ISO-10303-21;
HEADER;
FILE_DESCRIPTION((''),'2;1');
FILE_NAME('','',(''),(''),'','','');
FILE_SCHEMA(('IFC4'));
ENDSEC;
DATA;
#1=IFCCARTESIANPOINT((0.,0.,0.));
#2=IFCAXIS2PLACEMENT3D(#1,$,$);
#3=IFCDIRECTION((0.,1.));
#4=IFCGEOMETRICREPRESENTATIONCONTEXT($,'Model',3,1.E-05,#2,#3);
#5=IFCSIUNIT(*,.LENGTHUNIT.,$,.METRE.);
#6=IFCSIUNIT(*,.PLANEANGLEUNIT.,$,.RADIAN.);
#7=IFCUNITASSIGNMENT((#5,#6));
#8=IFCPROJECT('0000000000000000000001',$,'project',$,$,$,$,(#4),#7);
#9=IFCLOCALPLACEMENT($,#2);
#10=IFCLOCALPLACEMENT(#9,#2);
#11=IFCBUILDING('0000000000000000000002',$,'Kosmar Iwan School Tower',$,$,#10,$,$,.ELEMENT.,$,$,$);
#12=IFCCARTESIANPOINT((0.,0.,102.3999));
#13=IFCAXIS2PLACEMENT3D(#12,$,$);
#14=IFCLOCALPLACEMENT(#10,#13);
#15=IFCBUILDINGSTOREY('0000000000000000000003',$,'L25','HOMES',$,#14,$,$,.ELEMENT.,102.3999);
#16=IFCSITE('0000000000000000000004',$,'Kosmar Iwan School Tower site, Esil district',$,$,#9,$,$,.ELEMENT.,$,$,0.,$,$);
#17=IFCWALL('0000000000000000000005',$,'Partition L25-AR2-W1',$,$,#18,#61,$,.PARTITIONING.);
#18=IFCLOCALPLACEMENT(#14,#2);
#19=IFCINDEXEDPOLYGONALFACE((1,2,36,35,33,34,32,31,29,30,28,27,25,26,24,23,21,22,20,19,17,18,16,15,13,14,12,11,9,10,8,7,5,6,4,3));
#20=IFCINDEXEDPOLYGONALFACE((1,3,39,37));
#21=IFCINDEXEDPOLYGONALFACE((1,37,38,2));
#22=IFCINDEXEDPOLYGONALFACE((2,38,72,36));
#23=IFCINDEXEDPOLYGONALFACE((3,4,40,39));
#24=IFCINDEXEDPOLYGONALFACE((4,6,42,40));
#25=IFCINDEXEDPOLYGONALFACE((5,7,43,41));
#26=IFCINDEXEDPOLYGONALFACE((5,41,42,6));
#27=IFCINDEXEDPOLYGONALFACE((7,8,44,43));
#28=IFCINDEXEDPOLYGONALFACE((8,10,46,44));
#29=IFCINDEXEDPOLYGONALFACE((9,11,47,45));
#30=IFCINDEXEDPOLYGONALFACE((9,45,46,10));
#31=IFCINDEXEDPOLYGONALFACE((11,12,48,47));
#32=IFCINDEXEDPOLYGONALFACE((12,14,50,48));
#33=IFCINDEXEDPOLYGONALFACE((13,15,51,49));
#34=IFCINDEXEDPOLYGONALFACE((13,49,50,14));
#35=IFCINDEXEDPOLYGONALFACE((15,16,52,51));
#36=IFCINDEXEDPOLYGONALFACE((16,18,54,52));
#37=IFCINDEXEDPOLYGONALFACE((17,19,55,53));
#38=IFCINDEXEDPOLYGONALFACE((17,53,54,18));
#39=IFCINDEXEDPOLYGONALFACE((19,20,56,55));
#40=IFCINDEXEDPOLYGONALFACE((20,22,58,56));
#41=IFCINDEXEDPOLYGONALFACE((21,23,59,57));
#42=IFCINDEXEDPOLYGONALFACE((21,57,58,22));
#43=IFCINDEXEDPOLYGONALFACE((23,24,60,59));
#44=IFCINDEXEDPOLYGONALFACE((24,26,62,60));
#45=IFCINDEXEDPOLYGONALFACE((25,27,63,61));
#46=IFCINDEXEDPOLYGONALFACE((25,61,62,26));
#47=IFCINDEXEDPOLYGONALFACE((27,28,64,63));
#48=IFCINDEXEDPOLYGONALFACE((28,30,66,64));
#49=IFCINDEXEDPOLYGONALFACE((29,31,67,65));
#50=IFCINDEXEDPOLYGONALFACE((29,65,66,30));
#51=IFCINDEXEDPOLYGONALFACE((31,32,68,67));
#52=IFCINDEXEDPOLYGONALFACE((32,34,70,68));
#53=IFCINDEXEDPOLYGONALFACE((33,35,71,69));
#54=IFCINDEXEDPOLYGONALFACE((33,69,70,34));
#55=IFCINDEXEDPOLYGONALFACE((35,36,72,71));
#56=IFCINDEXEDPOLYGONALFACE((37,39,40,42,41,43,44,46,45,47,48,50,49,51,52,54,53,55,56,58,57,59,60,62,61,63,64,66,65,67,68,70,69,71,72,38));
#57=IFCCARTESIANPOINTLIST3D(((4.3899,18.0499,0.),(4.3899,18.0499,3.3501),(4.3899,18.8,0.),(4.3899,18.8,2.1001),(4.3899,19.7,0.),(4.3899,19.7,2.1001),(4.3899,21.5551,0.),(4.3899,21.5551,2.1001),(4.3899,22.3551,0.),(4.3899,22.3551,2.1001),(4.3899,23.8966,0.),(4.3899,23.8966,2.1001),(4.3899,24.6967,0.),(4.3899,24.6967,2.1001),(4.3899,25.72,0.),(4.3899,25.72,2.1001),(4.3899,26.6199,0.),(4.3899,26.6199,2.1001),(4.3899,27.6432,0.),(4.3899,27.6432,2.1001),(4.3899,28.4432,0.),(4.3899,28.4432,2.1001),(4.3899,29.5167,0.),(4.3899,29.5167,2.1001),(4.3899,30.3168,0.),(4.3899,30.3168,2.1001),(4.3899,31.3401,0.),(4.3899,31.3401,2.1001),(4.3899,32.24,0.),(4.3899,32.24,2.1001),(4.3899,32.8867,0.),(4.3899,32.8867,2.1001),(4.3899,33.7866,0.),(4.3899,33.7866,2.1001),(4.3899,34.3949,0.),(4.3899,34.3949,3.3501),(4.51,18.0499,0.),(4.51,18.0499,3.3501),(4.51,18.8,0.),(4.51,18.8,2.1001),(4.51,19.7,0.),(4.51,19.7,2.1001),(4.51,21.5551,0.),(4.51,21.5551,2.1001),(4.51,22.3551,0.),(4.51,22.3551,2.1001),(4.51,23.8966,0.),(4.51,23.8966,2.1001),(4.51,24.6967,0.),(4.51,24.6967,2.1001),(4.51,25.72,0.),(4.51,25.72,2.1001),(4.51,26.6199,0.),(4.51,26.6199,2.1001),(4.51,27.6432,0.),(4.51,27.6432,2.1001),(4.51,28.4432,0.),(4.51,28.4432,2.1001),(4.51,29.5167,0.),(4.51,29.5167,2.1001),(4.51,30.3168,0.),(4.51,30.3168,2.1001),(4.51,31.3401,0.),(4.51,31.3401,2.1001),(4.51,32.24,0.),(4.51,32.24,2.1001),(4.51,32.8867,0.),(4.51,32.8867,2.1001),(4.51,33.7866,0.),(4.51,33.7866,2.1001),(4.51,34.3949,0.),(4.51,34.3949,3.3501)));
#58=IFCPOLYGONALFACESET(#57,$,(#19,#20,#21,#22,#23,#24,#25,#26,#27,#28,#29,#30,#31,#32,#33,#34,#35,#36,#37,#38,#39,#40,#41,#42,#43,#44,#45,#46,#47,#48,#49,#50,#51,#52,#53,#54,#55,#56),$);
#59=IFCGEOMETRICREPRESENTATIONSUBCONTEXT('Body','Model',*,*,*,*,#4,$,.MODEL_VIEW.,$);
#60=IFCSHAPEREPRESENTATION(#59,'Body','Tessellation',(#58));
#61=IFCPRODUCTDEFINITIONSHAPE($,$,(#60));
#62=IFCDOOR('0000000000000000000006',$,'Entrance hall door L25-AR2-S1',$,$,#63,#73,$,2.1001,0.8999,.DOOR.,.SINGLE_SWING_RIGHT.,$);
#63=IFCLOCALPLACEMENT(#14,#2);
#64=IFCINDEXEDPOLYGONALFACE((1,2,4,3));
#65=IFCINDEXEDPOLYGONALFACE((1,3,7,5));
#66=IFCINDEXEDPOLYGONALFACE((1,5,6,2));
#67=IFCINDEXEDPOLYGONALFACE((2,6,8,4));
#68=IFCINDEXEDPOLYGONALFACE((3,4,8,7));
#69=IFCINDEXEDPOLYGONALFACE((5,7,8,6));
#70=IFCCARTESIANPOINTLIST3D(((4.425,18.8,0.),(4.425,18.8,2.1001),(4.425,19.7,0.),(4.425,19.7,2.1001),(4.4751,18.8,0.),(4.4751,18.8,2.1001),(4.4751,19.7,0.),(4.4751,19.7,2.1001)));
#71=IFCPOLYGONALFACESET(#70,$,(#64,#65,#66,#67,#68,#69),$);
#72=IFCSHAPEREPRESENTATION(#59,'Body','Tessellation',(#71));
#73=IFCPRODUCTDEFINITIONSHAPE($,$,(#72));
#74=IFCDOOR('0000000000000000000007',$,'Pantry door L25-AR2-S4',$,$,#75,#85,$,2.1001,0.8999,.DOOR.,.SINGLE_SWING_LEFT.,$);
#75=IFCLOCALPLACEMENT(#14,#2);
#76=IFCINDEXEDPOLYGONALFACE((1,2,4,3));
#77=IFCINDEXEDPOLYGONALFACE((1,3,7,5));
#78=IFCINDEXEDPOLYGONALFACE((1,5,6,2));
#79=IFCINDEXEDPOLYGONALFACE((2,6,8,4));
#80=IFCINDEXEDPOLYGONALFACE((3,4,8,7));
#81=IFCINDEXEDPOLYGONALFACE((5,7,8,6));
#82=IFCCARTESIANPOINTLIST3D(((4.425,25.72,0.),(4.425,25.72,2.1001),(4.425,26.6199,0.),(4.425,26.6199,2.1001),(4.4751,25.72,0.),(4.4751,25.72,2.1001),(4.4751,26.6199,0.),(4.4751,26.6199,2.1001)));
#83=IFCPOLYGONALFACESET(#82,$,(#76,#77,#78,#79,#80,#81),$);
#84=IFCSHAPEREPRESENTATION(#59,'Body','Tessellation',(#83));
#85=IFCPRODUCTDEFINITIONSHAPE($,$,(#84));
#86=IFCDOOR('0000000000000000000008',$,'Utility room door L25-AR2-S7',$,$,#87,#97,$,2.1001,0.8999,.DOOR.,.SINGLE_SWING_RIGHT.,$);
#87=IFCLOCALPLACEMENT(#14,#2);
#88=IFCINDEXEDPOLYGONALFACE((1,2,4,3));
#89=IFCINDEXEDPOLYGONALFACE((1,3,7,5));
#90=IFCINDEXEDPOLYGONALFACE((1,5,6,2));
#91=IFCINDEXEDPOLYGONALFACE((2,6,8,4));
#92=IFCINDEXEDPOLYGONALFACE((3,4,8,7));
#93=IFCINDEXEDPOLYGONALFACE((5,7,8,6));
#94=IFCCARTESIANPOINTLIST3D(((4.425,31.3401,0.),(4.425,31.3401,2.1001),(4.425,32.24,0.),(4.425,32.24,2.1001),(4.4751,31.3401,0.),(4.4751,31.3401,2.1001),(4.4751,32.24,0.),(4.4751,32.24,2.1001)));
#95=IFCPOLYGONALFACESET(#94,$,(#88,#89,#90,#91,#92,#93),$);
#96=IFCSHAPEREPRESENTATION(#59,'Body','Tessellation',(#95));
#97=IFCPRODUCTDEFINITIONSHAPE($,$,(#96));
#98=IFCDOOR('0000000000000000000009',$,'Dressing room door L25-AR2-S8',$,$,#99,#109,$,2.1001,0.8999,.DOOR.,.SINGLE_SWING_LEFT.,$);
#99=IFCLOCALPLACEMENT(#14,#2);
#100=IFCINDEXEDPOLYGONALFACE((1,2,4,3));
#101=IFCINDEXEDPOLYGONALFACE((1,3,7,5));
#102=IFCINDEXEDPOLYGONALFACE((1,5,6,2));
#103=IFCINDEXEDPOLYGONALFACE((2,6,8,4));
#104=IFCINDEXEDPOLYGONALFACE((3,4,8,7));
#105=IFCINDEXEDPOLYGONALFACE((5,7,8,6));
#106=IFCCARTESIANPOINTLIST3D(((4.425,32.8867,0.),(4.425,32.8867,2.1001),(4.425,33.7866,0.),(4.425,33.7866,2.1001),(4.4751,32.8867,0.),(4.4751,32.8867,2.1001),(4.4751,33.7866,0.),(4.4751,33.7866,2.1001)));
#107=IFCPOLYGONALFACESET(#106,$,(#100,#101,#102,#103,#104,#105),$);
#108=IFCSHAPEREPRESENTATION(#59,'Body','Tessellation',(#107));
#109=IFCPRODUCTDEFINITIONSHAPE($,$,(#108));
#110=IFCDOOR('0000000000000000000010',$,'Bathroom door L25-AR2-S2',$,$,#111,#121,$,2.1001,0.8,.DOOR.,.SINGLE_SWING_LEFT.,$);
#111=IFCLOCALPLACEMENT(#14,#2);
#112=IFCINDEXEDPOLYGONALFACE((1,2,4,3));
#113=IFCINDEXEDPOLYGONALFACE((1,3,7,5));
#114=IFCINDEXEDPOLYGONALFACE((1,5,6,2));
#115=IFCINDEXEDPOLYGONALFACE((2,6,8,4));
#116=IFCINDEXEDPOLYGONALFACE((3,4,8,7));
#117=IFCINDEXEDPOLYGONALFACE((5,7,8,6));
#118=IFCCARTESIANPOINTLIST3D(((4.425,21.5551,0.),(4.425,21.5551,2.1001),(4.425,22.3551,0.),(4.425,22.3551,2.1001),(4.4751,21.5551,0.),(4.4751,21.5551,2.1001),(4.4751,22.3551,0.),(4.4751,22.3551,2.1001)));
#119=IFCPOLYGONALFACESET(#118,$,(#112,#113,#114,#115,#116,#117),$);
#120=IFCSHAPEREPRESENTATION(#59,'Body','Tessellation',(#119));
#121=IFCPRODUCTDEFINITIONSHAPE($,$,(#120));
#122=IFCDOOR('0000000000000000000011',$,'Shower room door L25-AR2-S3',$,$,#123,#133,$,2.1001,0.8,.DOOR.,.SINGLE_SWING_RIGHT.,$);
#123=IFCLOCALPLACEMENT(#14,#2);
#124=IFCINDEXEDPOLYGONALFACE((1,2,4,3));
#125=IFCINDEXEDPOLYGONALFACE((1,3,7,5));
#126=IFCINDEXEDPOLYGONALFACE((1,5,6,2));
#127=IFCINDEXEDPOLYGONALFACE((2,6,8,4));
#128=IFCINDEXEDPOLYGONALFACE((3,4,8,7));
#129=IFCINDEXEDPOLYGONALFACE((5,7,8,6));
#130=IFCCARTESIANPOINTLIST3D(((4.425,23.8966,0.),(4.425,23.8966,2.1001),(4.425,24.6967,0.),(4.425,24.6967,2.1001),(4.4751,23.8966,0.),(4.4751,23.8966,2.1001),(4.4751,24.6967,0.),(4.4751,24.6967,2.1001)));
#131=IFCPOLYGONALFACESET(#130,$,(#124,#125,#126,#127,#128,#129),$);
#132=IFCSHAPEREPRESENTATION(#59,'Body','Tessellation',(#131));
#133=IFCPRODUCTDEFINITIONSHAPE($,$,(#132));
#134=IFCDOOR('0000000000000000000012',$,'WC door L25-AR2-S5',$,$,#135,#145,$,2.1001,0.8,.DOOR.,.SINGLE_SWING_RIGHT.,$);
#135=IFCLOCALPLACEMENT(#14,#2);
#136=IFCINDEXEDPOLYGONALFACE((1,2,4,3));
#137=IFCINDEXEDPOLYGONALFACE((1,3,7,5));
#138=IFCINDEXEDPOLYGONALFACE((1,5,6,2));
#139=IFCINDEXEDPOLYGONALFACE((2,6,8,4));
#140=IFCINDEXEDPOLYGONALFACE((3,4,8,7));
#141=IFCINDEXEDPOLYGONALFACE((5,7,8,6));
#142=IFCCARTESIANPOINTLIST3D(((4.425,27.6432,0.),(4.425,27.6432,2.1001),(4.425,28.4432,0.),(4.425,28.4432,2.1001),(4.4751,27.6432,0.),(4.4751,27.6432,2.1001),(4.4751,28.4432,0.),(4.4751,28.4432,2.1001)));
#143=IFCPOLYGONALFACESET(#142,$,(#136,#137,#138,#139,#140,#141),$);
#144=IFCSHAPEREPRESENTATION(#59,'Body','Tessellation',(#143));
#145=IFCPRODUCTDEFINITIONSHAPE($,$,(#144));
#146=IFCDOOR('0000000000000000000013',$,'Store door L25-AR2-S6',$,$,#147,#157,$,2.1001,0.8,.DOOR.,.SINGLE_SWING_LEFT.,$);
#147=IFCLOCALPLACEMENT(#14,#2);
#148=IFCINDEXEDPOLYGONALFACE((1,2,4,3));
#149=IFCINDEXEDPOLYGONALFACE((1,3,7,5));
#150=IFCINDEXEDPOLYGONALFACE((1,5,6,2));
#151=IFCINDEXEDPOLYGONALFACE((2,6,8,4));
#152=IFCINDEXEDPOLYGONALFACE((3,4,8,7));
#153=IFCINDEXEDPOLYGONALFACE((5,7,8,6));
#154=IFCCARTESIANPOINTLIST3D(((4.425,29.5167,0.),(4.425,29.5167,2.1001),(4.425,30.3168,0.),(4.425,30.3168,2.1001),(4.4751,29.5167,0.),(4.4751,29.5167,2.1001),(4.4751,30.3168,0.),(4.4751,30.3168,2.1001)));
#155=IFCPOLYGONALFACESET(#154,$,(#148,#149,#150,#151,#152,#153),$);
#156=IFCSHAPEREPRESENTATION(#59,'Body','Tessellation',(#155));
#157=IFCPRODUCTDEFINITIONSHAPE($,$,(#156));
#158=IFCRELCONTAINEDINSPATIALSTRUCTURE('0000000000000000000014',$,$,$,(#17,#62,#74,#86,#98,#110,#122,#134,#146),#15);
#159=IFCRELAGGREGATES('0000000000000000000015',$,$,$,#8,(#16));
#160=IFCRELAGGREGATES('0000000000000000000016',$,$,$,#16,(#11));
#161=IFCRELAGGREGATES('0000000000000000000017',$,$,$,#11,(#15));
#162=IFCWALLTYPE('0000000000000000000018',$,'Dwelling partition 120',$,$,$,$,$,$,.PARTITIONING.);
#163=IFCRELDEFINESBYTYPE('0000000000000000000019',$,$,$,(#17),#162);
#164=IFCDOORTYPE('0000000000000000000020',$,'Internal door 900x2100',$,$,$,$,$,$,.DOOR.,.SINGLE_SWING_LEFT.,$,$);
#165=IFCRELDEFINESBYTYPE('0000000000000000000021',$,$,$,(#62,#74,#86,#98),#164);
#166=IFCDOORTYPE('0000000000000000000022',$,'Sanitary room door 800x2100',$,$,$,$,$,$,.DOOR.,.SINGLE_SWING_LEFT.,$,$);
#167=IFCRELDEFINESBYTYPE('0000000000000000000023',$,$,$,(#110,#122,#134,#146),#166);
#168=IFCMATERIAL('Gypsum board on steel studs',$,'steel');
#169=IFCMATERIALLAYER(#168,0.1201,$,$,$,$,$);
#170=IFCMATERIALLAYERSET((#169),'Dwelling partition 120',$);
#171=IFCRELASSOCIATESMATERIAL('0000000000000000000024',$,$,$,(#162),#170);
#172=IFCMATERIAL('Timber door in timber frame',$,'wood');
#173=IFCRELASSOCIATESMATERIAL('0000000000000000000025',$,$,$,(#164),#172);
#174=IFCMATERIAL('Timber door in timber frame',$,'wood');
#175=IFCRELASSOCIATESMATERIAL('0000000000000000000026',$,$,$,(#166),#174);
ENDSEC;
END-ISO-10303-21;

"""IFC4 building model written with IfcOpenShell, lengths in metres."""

from ifc_helpers import new_model, si_unit, direction, frame, frame_2d, origin, place, context, subcontext, project, spatial, rectangle, extrude, material, layer, layer_set, type_object, element, fill, save


model = new_model("IFC4")

# Units and contexts
model_context = context("Model", 3, precision=1e-05, world=origin(), true_north=direction((0.0, 1.0)))
body_context = subcontext(model_context, "Body", "Model", "MODEL_VIEW")
ifc_project = project(units=[si_unit("LENGTHUNIT", "METRE"), si_unit("PLANEANGLEUNIT", "RADIAN")], contexts=[model_context])

# Site, building, storey
site_placement = place(None, origin())
site = spatial("IfcSite", under=ifc_project, at=site_placement, Name="Kosmar Iwan School Tower site, Esil district", CompositionType="ELEMENT", RefElevation=0.0)
building_placement = place(site_placement, origin())
building = spatial("IfcBuilding", under=site, at=building_placement, Name="Kosmar Iwan School Tower", CompositionType="ELEMENT")
storey_placement = place(building_placement, frame((0.0, 0.0, 102.3999)))
storey = spatial("IfcBuildingStorey", under=building, at=storey_placement, Name="L25", Description="HOMES", CompositionType="ELEMENT", Elevation=102.3999)

# Shared definitions
ifc_material_1 = material(Name="Gypsum board on steel studs", Category="steel")
ifc_layer_1 = layer(ifc_material_1, 0.1201)
ifc_layer_set_1 = layer_set([ifc_layer_1], Name="Dwelling partition 120")
wall_type_1 = type_object("IfcWallType", Name="Dwelling partition 120", PredefinedType="PARTITIONING", material=ifc_layer_set_1)
ifc_material_2 = material(Name="Timber door in timber frame", Category="wood")
door_type_1 = type_object("IfcDoorType", Name="Internal door 900x2100", OperationType="SINGLE_SWING_LEFT", PredefinedType="DOOR", material=ifc_material_2)

# Wall, openings, doors
wall_1_placement = place(storey_placement, frame((4.45, 18.05, 0.0), z_axis=(0.0, 0.0, 1.0), x_axis=(0.0, 1.0, 0.0)))
wall_1 = element("IfcWall", 1, at=wall_1_placement, inside=storey, type_object=wall_type_1, Name="Partition L25-AR2-W1", PredefinedType="PARTITIONING", context=body_context, shape_type="SweptSolid", body=[
    extrude(rectangle(XDim=16.345, YDim=0.1201, at=frame_2d((8.1724, 0.0))), origin(), (0.0, 0.0, 1.0), 3.3501),
])
opening_1_placement = place(wall_1_placement, frame((0.75, 0.0, 0.0)))
opening_1 = element("IfcOpeningElement", 2, at=opening_1_placement, cuts=wall_1, PredefinedType="OPENING", context=body_context, shape_type="SweptSolid", body=[
    extrude(rectangle(XDim=0.8999, YDim=2.1001, at=frame_2d((0.45, 1.05))), frame((0.0, 0.072, 0.0), z_axis=(0.0, -1.0, 0.0), x_axis=(1.0, 0.0, 0.0)), (0.0, 0.0, 1.0), 0.144),
])
opening_2_placement = place(wall_1_placement, frame((3.5051, 0.0, 0.0)))
opening_2 = element("IfcOpeningElement", 3, at=opening_2_placement, cuts=wall_1, PredefinedType="OPENING", context=body_context, shape_type="SweptSolid", body=[
    extrude(rectangle(XDim=0.8, YDim=2.1001, at=frame_2d((0.3999, 1.05))), frame((0.0, 0.072, 0.0), z_axis=(0.0, -1.0, 0.0), x_axis=(1.0, 0.0, 0.0)), (0.0, 0.0, 1.0), 0.144),
])
opening_3_placement = place(wall_1_placement, frame((5.8467, 0.0, 0.0)))
opening_3 = element("IfcOpeningElement", 4, at=opening_3_placement, cuts=wall_1, PredefinedType="OPENING", context=body_context, shape_type="SweptSolid", body=[
    extrude(rectangle(XDim=0.8, YDim=2.1001, at=frame_2d((0.3999, 1.05))), frame((0.0, 0.072, 0.0), z_axis=(0.0, -1.0, 0.0), x_axis=(1.0, 0.0, 0.0)), (0.0, 0.0, 1.0), 0.144),
])
opening_4_placement = place(wall_1_placement, frame((7.6699, 0.0, 0.0)))
opening_4 = element("IfcOpeningElement", 5, at=opening_4_placement, cuts=wall_1, PredefinedType="OPENING", context=body_context, shape_type="SweptSolid", body=[
    extrude(rectangle(XDim=0.8999, YDim=2.1001, at=frame_2d((0.45, 1.05))), frame((0.0, 0.072, 0.0), z_axis=(0.0, -1.0, 0.0), x_axis=(1.0, 0.0, 0.0)), (0.0, 0.0, 1.0), 0.144),
])
opening_5_placement = place(wall_1_placement, frame((9.5933, 0.0, 0.0)))
opening_5 = element("IfcOpeningElement", 6, at=opening_5_placement, cuts=wall_1, PredefinedType="OPENING", context=body_context, shape_type="SweptSolid", body=[
    extrude(rectangle(XDim=0.8, YDim=2.1001, at=frame_2d((0.3999, 1.05))), frame((0.0, 0.072, 0.0), z_axis=(0.0, -1.0, 0.0), x_axis=(1.0, 0.0, 0.0)), (0.0, 0.0, 1.0), 0.144),
])
opening_6_placement = place(wall_1_placement, frame((11.4668, 0.0, 0.0)))
opening_6 = element("IfcOpeningElement", 7, at=opening_6_placement, cuts=wall_1, PredefinedType="OPENING", context=body_context, shape_type="SweptSolid", body=[
    extrude(rectangle(XDim=0.8, YDim=2.1001, at=frame_2d((0.3999, 1.05))), frame((0.0, 0.072, 0.0), z_axis=(0.0, -1.0, 0.0), x_axis=(1.0, 0.0, 0.0)), (0.0, 0.0, 1.0), 0.144),
])
opening_7_placement = place(wall_1_placement, frame((13.29, 0.0, 0.0)))
opening_7 = element("IfcOpeningElement", 8, at=opening_7_placement, cuts=wall_1, PredefinedType="OPENING", context=body_context, shape_type="SweptSolid", body=[
    extrude(rectangle(XDim=0.8999, YDim=2.1001, at=frame_2d((0.45, 1.05))), frame((0.0, 0.072, 0.0), z_axis=(0.0, -1.0, 0.0), x_axis=(1.0, 0.0, 0.0)), (0.0, 0.0, 1.0), 0.144),
])
opening_8_placement = place(wall_1_placement, frame((14.8367, 0.0, 0.0)))
opening_8 = element("IfcOpeningElement", 9, at=opening_8_placement, cuts=wall_1, PredefinedType="OPENING", context=body_context, shape_type="SweptSolid", body=[
    extrude(rectangle(XDim=0.8999, YDim=2.1001, at=frame_2d((0.45, 1.05))), frame((0.0, 0.072, 0.0), z_axis=(0.0, -1.0, 0.0), x_axis=(1.0, 0.0, 0.0)), (0.0, 0.0, 1.0), 0.144),
])
door_1_placement = place(opening_1_placement, origin())
door_1 = element("IfcDoor", 10, at=door_1_placement, inside=storey, type_object=door_type_1, Name="Entrance hall door L25-AR2-S1", OperationType="SINGLE_SWING_RIGHT", OverallHeight=2.1001, OverallWidth=0.8999, PredefinedType="DOOR", context=body_context, shape_type="SweptSolid", body=[
    extrude(rectangle(XDim=0.8999, YDim=2.1001, at=frame_2d((0.45, 1.05))), frame((0.0, 0.0249, 0.0), z_axis=(0.0, -1.0, 0.0), x_axis=(1.0, 0.0, 0.0)), (0.0, 0.0, 1.0), 0.05),
])
fill(opening_1, door_1)
door_2_placement = place(opening_4_placement, origin())
door_2 = element("IfcDoor", 11, at=door_2_placement, inside=storey, type_object=door_type_1, Name="Pantry door L25-AR2-S4", OperationType="SINGLE_SWING_LEFT", OverallHeight=2.1001, OverallWidth=0.8999, PredefinedType="DOOR", context=body_context, shape_type="SweptSolid", body=[
    extrude(rectangle(XDim=0.8999, YDim=2.1001, at=frame_2d((0.45, 1.05))), frame((0.0, 0.0249, 0.0), z_axis=(0.0, -1.0, 0.0), x_axis=(1.0, 0.0, 0.0)), (0.0, 0.0, 1.0), 0.05),
])
fill(opening_4, door_2)
door_3_placement = place(opening_7_placement, origin())
door_3 = element("IfcDoor", 12, at=door_3_placement, inside=storey, type_object=door_type_1, Name="Utility room door L25-AR2-S7", OperationType="SINGLE_SWING_RIGHT", OverallHeight=2.1001, OverallWidth=0.8999, PredefinedType="DOOR", context=body_context, shape_type="SweptSolid", body=[
    extrude(rectangle(XDim=0.8999, YDim=2.1001, at=frame_2d((0.45, 1.05))), frame((0.0, 0.0249, 0.0), z_axis=(0.0, -1.0, 0.0), x_axis=(1.0, 0.0, 0.0)), (0.0, 0.0, 1.0), 0.05),
])
fill(opening_7, door_3)
door_4_placement = place(opening_8_placement, origin())
door_4 = element("IfcDoor", 13, at=door_4_placement, inside=storey, type_object=door_type_1, Name="Dressing room door L25-AR2-S8", OperationType="SINGLE_SWING_LEFT", OverallHeight=2.1001, OverallWidth=0.8999, PredefinedType="DOOR", context=body_context, shape_type="SweptSolid", body=[
    extrude(rectangle(XDim=0.8999, YDim=2.1001, at=frame_2d((0.45, 1.05))), frame((0.0, 0.0249, 0.0), z_axis=(0.0, -1.0, 0.0), x_axis=(1.0, 0.0, 0.0)), (0.0, 0.0, 1.0), 0.05),
])
fill(opening_8, door_4)
ifc_material_3 = material(Name="Timber door in timber frame", Category="wood")
door_type_2 = type_object("IfcDoorType", Name="Sanitary room door 800x2100", OperationType="SINGLE_SWING_LEFT", PredefinedType="DOOR", material=ifc_material_3)
door_5_placement = place(opening_2_placement, origin())
door_5 = element("IfcDoor", 14, at=door_5_placement, inside=storey, type_object=door_type_2, Name="Bathroom door L25-AR2-S2", OperationType="SINGLE_SWING_LEFT", OverallHeight=2.1001, OverallWidth=0.8, PredefinedType="DOOR", context=body_context, shape_type="SweptSolid", body=[
    extrude(rectangle(XDim=0.8, YDim=2.1001, at=frame_2d((0.3999, 1.05))), frame((0.0, 0.0249, 0.0), z_axis=(0.0, -1.0, 0.0), x_axis=(1.0, 0.0, 0.0)), (0.0, 0.0, 1.0), 0.05),
])
fill(opening_2, door_5)
door_6_placement = place(opening_3_placement, origin())
door_6 = element("IfcDoor", 15, at=door_6_placement, inside=storey, type_object=door_type_2, Name="Shower room door L25-AR2-S3", OperationType="SINGLE_SWING_RIGHT", OverallHeight=2.1001, OverallWidth=0.8, PredefinedType="DOOR", context=body_context, shape_type="SweptSolid", body=[
    extrude(rectangle(XDim=0.8, YDim=2.1001, at=frame_2d((0.3999, 1.05))), frame((0.0, 0.0249, 0.0), z_axis=(0.0, -1.0, 0.0), x_axis=(1.0, 0.0, 0.0)), (0.0, 0.0, 1.0), 0.05),
])
fill(opening_3, door_6)
door_7_placement = place(opening_5_placement, origin())
door_7 = element("IfcDoor", 16, at=door_7_placement, inside=storey, type_object=door_type_2, Name="WC door L25-AR2-S5", OperationType="SINGLE_SWING_RIGHT", OverallHeight=2.1001, OverallWidth=0.8, PredefinedType="DOOR", context=body_context, shape_type="SweptSolid", body=[
    extrude(rectangle(XDim=0.8, YDim=2.1001, at=frame_2d((0.3999, 1.05))), frame((0.0, 0.0249, 0.0), z_axis=(0.0, -1.0, 0.0), x_axis=(1.0, 0.0, 0.0)), (0.0, 0.0, 1.0), 0.05),
])
fill(opening_5, door_7)
door_8_placement = place(opening_6_placement, origin())
door_8 = element("IfcDoor", 17, at=door_8_placement, inside=storey, type_object=door_type_2, Name="Store door L25-AR2-S6", OperationType="SINGLE_SWING_LEFT", OverallHeight=2.1001, OverallWidth=0.8, PredefinedType="DOOR", context=body_context, shape_type="SweptSolid", body=[
    extrude(rectangle(XDim=0.8, YDim=2.1001, at=frame_2d((0.3999, 1.05))), frame((0.0, 0.0249, 0.0), z_axis=(0.0, -1.0, 0.0), x_axis=(1.0, 0.0, 0.0)), (0.0, 0.0, 1.0), 0.05),
])
fill(opening_6, door_8)

save(model, "model.ifc")
